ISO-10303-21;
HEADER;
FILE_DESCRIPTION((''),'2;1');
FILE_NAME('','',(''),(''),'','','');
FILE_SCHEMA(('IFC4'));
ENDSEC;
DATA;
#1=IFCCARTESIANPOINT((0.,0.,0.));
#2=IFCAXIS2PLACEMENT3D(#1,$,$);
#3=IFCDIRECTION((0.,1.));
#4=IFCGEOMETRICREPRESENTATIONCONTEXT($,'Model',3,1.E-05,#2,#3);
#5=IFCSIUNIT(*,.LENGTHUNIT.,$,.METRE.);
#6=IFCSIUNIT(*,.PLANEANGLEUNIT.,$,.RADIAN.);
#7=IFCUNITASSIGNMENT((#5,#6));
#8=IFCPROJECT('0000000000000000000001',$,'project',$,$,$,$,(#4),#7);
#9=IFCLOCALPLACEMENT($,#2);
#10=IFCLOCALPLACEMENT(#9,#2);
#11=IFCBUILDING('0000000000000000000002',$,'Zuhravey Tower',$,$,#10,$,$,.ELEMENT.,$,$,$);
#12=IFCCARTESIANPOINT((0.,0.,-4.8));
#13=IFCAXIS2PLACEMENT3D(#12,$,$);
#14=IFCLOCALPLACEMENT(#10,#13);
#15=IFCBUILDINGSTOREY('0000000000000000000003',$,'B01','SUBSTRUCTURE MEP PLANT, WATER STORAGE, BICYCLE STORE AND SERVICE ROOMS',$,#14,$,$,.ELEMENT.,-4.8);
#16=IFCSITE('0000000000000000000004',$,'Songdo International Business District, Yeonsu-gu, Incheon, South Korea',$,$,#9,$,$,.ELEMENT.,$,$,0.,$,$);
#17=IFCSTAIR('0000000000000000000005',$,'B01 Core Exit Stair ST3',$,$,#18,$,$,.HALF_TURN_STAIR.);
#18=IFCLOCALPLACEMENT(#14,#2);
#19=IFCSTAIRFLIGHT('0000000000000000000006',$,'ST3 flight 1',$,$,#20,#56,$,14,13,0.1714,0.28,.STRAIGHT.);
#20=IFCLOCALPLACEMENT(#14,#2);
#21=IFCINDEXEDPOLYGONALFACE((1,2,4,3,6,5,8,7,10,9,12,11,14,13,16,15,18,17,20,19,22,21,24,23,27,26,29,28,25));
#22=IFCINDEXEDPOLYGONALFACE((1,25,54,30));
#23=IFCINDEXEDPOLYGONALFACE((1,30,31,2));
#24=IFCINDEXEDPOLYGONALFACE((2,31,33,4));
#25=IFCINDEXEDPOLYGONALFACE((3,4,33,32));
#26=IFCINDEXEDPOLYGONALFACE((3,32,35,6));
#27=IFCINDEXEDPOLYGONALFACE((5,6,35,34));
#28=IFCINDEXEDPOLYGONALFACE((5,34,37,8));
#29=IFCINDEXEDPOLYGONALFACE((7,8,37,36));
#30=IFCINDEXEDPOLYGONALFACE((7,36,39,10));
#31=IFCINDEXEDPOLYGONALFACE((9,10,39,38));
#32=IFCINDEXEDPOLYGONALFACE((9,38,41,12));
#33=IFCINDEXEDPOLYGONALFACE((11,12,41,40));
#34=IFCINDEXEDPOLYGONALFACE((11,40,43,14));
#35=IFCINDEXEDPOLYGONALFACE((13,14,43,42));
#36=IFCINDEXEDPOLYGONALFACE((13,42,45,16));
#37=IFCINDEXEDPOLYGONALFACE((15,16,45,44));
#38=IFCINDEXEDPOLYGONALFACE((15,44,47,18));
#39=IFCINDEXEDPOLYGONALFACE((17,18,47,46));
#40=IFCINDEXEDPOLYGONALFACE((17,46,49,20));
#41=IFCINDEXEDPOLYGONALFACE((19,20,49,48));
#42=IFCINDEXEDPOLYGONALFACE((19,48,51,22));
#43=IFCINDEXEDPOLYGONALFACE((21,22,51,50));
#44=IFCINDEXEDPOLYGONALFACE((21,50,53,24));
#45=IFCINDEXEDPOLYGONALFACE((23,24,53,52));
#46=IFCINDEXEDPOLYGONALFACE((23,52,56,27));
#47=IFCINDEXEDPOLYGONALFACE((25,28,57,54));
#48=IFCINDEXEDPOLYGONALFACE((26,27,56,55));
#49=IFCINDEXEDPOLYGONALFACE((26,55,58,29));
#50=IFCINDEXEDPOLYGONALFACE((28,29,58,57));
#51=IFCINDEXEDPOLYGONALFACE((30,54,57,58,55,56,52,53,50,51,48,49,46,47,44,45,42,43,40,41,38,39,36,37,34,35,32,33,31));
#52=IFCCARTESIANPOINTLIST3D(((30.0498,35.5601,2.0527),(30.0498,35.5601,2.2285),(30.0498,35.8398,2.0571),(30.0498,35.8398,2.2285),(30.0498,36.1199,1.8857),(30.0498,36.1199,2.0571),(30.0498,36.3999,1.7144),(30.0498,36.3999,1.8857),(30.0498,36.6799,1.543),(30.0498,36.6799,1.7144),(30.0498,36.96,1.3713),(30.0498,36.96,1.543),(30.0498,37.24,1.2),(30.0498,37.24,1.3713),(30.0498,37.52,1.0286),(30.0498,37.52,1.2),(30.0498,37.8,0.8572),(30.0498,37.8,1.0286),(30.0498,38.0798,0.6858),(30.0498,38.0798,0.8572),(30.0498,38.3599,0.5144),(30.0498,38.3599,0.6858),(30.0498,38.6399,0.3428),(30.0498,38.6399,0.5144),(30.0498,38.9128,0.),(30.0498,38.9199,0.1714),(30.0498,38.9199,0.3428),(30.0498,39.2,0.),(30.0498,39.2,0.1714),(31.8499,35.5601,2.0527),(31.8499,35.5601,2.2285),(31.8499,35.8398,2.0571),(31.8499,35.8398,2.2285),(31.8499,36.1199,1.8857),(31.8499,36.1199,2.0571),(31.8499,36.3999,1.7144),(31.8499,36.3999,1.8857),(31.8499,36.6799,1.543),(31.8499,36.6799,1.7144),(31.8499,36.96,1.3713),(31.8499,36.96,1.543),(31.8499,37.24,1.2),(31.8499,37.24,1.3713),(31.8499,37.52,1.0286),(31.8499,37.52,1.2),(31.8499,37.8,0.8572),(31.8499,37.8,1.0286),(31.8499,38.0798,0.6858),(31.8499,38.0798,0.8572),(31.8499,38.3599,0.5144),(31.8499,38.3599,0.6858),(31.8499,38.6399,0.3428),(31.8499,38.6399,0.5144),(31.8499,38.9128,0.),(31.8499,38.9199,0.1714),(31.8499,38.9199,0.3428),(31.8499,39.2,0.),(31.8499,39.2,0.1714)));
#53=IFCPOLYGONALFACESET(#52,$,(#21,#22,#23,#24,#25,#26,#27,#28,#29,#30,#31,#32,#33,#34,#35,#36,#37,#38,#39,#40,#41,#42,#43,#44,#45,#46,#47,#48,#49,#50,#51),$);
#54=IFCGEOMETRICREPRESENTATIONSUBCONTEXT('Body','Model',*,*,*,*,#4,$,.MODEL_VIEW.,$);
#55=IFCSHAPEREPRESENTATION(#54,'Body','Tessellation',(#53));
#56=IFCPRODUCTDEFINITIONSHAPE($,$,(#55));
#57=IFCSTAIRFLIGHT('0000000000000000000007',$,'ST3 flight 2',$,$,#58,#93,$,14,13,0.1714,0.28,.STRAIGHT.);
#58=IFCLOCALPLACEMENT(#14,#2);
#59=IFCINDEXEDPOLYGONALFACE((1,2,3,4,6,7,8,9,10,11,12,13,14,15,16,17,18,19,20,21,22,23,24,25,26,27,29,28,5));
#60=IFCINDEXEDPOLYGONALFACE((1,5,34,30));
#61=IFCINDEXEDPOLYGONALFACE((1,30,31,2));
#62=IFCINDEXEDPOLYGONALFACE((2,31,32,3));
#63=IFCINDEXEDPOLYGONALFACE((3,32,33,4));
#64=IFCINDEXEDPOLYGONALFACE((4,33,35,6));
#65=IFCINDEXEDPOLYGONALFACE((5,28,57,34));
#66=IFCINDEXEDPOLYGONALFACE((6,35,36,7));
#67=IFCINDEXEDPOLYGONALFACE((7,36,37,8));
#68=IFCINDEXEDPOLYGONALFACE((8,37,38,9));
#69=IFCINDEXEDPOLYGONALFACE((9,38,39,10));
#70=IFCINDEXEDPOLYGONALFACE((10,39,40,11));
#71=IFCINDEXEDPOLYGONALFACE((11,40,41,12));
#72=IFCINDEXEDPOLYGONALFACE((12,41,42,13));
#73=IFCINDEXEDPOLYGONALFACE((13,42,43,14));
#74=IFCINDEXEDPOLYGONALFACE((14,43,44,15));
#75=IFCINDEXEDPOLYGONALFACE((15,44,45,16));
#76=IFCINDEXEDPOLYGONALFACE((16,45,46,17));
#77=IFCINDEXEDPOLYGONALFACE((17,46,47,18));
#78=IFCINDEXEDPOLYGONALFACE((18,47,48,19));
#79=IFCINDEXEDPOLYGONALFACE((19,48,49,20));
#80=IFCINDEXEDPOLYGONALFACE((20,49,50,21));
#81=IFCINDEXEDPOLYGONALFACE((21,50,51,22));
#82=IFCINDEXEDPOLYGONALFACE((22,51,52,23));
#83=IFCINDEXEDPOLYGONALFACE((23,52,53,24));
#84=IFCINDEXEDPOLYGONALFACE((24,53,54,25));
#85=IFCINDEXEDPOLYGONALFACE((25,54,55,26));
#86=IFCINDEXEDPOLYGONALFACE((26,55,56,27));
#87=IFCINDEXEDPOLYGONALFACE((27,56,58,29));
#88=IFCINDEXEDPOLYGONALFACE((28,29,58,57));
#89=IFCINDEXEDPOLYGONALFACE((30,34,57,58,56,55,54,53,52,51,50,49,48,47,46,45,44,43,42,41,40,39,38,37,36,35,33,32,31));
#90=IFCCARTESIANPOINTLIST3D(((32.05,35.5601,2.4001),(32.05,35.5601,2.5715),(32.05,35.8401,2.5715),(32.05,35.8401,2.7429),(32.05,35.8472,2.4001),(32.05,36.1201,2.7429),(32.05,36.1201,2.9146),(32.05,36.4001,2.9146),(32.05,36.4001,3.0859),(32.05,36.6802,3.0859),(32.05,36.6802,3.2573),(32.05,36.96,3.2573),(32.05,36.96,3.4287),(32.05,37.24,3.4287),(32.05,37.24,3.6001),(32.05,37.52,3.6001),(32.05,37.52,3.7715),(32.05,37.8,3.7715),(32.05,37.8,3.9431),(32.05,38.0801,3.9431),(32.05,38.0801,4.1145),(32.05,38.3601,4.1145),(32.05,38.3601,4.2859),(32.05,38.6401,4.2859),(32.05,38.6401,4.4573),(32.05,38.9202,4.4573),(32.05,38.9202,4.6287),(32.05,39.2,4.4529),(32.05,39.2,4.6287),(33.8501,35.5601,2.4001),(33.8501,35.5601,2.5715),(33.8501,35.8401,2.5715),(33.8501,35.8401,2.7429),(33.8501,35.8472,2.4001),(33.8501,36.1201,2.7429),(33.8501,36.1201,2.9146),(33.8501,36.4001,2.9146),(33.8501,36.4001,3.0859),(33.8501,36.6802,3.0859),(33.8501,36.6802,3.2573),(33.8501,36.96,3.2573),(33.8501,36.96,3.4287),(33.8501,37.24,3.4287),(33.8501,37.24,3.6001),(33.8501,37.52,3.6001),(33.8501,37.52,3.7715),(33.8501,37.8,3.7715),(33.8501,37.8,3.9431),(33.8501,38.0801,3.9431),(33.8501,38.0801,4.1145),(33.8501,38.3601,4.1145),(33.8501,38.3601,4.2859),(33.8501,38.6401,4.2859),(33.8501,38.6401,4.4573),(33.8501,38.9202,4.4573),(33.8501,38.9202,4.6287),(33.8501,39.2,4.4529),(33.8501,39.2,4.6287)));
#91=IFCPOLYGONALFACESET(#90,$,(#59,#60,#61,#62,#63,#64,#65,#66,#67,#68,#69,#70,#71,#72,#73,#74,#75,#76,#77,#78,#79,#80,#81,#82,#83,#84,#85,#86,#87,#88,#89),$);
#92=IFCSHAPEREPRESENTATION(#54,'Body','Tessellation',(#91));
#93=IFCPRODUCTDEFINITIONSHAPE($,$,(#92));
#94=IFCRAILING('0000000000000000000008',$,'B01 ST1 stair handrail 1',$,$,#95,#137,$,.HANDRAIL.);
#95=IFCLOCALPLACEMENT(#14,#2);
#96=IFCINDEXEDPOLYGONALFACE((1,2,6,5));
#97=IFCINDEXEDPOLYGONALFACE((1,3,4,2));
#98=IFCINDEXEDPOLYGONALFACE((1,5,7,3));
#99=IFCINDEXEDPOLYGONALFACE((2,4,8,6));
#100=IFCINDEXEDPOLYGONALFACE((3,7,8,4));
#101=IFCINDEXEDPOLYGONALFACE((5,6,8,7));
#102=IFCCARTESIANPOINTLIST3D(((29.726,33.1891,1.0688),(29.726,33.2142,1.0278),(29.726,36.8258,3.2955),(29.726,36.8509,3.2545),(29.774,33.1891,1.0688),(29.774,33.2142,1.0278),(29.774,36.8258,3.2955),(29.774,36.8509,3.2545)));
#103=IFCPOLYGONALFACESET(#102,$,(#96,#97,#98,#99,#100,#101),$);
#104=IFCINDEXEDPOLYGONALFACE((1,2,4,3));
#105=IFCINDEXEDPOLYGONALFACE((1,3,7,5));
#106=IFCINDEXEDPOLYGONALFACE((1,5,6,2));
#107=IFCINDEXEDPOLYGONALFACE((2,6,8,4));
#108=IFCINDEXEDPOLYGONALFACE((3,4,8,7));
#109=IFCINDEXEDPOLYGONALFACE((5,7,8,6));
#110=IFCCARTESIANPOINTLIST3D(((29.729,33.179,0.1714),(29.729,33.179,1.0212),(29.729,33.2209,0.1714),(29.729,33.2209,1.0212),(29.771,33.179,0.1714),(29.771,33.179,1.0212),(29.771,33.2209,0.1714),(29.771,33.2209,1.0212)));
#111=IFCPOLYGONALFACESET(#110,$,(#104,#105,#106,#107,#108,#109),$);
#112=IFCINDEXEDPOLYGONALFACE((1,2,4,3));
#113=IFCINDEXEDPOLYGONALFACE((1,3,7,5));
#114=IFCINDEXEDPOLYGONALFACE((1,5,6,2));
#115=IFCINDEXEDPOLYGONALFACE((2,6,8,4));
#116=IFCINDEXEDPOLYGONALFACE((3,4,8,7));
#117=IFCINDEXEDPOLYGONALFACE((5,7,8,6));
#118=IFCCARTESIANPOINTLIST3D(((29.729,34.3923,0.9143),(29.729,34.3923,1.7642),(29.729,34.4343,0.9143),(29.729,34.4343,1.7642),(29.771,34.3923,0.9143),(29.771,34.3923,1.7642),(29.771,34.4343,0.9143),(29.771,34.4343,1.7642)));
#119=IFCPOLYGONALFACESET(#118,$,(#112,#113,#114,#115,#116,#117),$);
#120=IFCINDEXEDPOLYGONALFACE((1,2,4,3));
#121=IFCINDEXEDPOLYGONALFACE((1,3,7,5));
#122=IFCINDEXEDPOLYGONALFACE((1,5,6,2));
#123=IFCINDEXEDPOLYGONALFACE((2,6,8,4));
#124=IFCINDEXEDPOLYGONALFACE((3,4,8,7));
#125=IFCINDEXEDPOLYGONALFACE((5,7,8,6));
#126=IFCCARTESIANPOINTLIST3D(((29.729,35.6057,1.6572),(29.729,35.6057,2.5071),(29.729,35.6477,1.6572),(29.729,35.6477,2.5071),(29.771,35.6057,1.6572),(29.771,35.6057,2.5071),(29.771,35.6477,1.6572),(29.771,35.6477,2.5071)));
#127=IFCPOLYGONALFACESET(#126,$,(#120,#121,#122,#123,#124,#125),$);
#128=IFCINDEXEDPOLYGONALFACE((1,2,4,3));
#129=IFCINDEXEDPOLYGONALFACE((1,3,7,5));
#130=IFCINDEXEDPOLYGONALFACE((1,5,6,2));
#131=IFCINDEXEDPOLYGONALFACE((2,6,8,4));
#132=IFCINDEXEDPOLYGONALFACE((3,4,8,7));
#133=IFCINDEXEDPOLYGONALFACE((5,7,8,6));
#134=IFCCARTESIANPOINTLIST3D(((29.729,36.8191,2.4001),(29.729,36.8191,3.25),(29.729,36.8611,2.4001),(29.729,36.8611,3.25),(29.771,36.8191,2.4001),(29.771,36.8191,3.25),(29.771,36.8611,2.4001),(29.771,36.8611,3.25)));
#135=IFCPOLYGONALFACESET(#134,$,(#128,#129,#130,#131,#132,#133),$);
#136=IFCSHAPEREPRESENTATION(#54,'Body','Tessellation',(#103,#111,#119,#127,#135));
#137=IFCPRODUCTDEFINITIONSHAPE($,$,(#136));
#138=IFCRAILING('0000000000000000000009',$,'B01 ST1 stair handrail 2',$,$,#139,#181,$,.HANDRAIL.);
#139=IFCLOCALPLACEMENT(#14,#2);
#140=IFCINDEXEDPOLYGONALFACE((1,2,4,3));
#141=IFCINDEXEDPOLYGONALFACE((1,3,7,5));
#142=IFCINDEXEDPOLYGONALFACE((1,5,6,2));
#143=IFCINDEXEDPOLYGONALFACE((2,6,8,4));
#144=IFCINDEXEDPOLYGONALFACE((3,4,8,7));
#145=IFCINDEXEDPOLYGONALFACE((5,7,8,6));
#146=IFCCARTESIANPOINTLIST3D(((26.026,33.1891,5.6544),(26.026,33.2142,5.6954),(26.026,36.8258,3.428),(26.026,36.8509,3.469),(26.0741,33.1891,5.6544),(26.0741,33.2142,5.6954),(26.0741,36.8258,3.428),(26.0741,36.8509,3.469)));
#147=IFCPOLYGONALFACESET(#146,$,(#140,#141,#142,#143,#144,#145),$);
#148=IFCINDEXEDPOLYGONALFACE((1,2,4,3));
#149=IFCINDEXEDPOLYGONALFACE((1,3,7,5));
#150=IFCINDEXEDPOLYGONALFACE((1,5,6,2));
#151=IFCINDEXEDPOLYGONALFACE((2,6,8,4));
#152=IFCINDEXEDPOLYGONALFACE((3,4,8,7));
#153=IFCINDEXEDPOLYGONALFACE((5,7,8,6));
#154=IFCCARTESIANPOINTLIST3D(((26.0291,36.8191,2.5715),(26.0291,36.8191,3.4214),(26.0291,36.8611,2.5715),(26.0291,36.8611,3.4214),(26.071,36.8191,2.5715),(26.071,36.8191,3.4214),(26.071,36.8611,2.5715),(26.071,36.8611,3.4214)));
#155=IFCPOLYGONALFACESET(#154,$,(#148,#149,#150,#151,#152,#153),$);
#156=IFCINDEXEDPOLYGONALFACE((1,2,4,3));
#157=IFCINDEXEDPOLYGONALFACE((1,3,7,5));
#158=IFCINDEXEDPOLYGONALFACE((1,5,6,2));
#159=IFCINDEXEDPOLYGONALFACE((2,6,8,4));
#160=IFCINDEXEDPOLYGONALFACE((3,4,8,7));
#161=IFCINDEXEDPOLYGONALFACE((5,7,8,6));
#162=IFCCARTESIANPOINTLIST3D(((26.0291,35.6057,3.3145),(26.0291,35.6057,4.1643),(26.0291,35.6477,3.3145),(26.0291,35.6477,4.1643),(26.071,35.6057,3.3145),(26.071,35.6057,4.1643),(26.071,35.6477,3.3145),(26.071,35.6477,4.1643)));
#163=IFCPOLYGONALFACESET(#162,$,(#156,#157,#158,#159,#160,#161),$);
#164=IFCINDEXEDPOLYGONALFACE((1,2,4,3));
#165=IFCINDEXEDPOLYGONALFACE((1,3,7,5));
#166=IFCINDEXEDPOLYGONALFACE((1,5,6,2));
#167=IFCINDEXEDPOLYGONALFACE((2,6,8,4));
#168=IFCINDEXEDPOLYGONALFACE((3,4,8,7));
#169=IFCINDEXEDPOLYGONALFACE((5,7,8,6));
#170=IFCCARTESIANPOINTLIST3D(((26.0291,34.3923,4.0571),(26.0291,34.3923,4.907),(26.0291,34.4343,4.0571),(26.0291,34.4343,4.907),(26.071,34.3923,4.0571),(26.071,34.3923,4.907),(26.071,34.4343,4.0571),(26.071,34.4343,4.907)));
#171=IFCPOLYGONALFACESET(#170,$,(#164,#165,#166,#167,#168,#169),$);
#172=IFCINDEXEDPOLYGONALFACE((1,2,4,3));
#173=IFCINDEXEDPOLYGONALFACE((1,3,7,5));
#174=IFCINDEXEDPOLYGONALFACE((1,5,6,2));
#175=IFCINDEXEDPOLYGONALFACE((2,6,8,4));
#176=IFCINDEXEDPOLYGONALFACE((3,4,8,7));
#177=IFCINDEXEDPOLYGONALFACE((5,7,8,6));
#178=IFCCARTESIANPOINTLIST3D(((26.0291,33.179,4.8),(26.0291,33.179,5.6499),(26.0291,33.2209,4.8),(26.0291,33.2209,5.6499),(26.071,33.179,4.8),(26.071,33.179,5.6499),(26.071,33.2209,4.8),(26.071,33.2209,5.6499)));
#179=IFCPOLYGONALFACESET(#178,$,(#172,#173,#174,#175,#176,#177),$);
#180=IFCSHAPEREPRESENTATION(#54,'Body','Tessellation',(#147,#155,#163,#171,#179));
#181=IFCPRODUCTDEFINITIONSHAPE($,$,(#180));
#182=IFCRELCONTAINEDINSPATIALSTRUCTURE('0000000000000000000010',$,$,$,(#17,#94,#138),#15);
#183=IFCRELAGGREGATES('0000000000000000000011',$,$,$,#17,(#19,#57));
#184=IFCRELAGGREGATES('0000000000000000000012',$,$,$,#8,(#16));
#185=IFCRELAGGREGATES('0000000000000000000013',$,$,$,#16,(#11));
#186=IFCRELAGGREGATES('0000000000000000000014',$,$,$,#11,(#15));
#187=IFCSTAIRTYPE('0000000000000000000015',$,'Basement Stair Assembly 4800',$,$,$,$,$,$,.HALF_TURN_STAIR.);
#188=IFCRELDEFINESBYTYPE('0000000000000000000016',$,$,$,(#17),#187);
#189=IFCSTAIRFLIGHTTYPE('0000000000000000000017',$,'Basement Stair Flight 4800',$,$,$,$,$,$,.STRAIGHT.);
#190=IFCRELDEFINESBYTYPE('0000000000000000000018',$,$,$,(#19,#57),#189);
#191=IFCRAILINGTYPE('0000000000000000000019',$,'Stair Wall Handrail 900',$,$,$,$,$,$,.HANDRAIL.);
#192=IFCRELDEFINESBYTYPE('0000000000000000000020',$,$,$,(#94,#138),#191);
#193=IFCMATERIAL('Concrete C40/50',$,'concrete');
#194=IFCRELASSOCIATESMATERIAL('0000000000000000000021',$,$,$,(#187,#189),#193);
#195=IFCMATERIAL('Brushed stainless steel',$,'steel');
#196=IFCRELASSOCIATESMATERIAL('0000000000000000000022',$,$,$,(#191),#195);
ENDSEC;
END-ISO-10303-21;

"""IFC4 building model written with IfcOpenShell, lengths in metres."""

from ifc_helpers import new_model, si_unit, direction, frame, origin, origin_2d, place, context, subcontext, project, spatial, polyline, rectangle, outline, extrude, material, type_object, element, aggregate, save


model = new_model("IFC4")

# Units and contexts
model_context = context("Model", 3, precision=1e-05, world=origin(), true_north=direction((0.0, 1.0)))
body_context = subcontext(model_context, "Body", "Model", "MODEL_VIEW")
ifc_project = project(units=[si_unit("LENGTHUNIT", "METRE"), si_unit("PLANEANGLEUNIT", "RADIAN")], contexts=[model_context])

# Site, building, storey
site_placement = place(None, origin())
site = spatial("IfcSite", under=ifc_project, at=site_placement, Name="Songdo International Business District, Yeonsu-gu, Incheon, South Korea", CompositionType="ELEMENT", RefElevation=0.0)
building_placement = place(site_placement, origin())
building = spatial("IfcBuilding", under=site, at=building_placement, Name="Zuhravey Tower", CompositionType="ELEMENT")
storey_placement = place(building_placement, frame((0.0, 0.0, -4.8)))
storey = spatial("IfcBuildingStorey", under=building, at=storey_placement, Name="B01", Description="SUBSTRUCTURE MEP PLANT, WATER STORAGE, BICYCLE STORE AND SERVICE ROOMS", CompositionType="ELEMENT", Elevation=-4.8)

# Stair, stair flights
ifc_material_1 = material(Name="Concrete C40/50", Category="concrete")
stair_type = type_object("IfcStairType", Name="Basement Stair Assembly 4800", PredefinedType="HALF_TURN_STAIR", material=ifc_material_1)
stair_flight_type = type_object("IfcStairFlightType", Name="Basement Stair Flight 4800", PredefinedType="STRAIGHT", material=ifc_material_1)
stair_1_placement = place(storey_placement, origin())
stair_1 = element("IfcStair", 1, at=stair_1_placement, inside=storey, type_object=stair_type, Name="B01 Core Exit Stair ST3", PredefinedType="HALF_TURN_STAIR")
stair_flight_1_placement = place(storey_placement, frame((30.95, 39.2, 0.0), z_axis=(0.0, 0.0, 1.0), x_axis=(0.0, -1.0, 0.0)))
stair_flight_1 = element("IfcStairFlight", 2, at=stair_flight_1_placement, type_object=stair_flight_type, Name="ST3 flight 1", NumberOfRisers=14, NumberOfTreads=13, PredefinedType="STRAIGHT", RiserHeight=0.1714, TreadLength=0.28, context=body_context, shape_type="SweptSolid", body=[
    extrude(outline(polyline([(0.0, 0.0), (0.0, 0.1714), (0.28, 0.1714), (0.28, 0.3428), (0.5601, 0.3428), (0.5601, 0.5144), (0.8401, 0.5144), (0.8401, 0.6858), (1.1201, 0.6858), (1.1201, 0.8572), (1.3999, 0.8572), (1.3999, 1.0286), (1.6799, 1.0286), (1.6799, 1.2), (1.96, 1.2), (1.96, 1.3713), (2.24, 1.3713), (2.24, 1.543), (2.52, 1.543), (2.52, 1.7144), (2.8, 1.7144), (2.8, 1.8857), (3.0801, 1.8857), (3.0801, 2.0571), (3.3601, 2.0571), (3.3601, 2.2285), (3.6399, 2.2285), (3.6399, 2.3999), (3.6399, 2.0527), (0.2871, 0.0), (0.0, 0.0)])), frame((0.0, 0.8999, 0.0), z_axis=(0.0, -1.0, 0.0), x_axis=(1.0, 0.0, 0.0)), (0.0, 0.0, 1.0), 1.8),
])
stair_flight_2_placement = place(storey_placement, frame((32.95, 35.5601, 2.4001), z_axis=(0.0, 0.0, 1.0), x_axis=(0.0, 1.0, 0.0)))
stair_flight_2 = element("IfcStairFlight", 3, at=stair_flight_2_placement, type_object=stair_flight_type, Name="ST3 flight 2", NumberOfRisers=14, NumberOfTreads=13, PredefinedType="STRAIGHT", RiserHeight=0.1714, TreadLength=0.28, context=body_context, shape_type="SweptSolid", body=[
    extrude(outline(polyline([(0.0, 0.0), (0.0, 0.1714), (0.28, 0.1714), (0.28, 0.3428), (0.5601, 0.3428), (0.5601, 0.5144), (0.8401, 0.5144), (0.8401, 0.6858), (1.1201, 0.6858), (1.1201, 0.8572), (1.3999, 0.8572), (1.3999, 1.0286), (1.6799, 1.0286), (1.6799, 1.2), (1.96, 1.2), (1.96, 1.3713), (2.24, 1.3713), (2.24, 1.543), (2.52, 1.543), (2.52, 1.7144), (2.8, 1.7144), (2.8, 1.8857), (3.0801, 1.8857), (3.0801, 2.0571), (3.3601, 2.0571), (3.3601, 2.2285), (3.6399, 2.2285), (3.6399, 2.3999), (3.6399, 2.0527), (0.2871, 0.0), (0.0, 0.0)])), frame((0.0, 0.8999, 0.0), z_axis=(0.0, -1.0, 0.0), x_axis=(1.0, 0.0, 0.0)), (0.0, 0.0, 1.0), 1.8),
])
aggregate(stair_1, [stair_flight_1, stair_flight_2])

# Railings
ifc_material_2 = material(Name="Brushed stainless steel", Category="steel")
railing_type_1 = type_object("IfcRailingType", Name="Stair Wall Handrail 900", PredefinedType="HANDRAIL", material=ifc_material_2)
railing_1_placement = place(storey_placement, frame((29.75, 33.2, 0.1714)))
element("IfcRailing", 4, at=railing_1_placement, inside=storey, type_object=railing_type_1, Name="B01 ST1 stair handrail 1", PredefinedType="HANDRAIL", context=body_context, shape_type="SweptSolid", body=[
    extrude(rectangle(XDim=0.0481, YDim=0.0481, at=origin_2d()), frame((0.0, 0.0017, 0.877), z_axis=(0.0, 0.85284, 0.522172), x_axis=(-1.0, 0.0, 0.0)), (0.0, 0.0, 1.0), 4.2642),
    extrude(rectangle(XDim=0.042, YDim=0.042, at=origin_2d()), origin(), (0.0, 0.0, 1.0), 0.8499),
    extrude(rectangle(XDim=0.042, YDim=0.042, at=origin_2d()), frame((0.0, 1.2134, 0.7429)), (0.0, 0.0, 1.0), 0.8499),
    extrude(rectangle(XDim=0.042, YDim=0.042, at=origin_2d()), frame((0.0, 2.4268, 1.4858)), (0.0, 0.0, 1.0), 0.8499),
    extrude(rectangle(XDim=0.042, YDim=0.042, at=origin_2d()), frame((0.0, 3.6401, 2.2288)), (0.0, 0.0, 1.0), 0.8499),
])
railing_2_placement = place(storey_placement, frame((26.05, 36.8401, 2.5715)))
element("IfcRailing", 5, at=railing_2_placement, inside=storey, type_object=railing_type_1, Name="B01 ST1 stair handrail 2", PredefinedType="HANDRAIL", context=body_context, shape_type="SweptSolid", body=[
    extrude(rectangle(XDim=0.0481, YDim=0.0481, at=origin_2d()), frame((0.0, -0.0017, 0.877), z_axis=(0.0, -0.852866, 0.52213), x_axis=(1.0, 0.0, 0.0)), (0.0, 0.0, 1.0), 4.2642),
    extrude(rectangle(XDim=0.042, YDim=0.042, at=origin_2d()), origin(), (0.0, 0.0, 1.0), 0.8499),
    extrude(rectangle(XDim=0.042, YDim=0.042, at=origin_2d()), frame((0.0, -1.2134, 0.7429)), (0.0, 0.0, 1.0), 0.8499),
    extrude(rectangle(XDim=0.042, YDim=0.042, at=origin_2d()), frame((0.0, -2.4268, 1.4856)), (0.0, 0.0, 1.0), 0.8499),
    extrude(rectangle(XDim=0.042, YDim=0.042, at=origin_2d()), frame((0.0, -3.6401, 2.2285)), (0.0, 0.0, 1.0), 0.8499),
])

save(model, "model.ifc")
